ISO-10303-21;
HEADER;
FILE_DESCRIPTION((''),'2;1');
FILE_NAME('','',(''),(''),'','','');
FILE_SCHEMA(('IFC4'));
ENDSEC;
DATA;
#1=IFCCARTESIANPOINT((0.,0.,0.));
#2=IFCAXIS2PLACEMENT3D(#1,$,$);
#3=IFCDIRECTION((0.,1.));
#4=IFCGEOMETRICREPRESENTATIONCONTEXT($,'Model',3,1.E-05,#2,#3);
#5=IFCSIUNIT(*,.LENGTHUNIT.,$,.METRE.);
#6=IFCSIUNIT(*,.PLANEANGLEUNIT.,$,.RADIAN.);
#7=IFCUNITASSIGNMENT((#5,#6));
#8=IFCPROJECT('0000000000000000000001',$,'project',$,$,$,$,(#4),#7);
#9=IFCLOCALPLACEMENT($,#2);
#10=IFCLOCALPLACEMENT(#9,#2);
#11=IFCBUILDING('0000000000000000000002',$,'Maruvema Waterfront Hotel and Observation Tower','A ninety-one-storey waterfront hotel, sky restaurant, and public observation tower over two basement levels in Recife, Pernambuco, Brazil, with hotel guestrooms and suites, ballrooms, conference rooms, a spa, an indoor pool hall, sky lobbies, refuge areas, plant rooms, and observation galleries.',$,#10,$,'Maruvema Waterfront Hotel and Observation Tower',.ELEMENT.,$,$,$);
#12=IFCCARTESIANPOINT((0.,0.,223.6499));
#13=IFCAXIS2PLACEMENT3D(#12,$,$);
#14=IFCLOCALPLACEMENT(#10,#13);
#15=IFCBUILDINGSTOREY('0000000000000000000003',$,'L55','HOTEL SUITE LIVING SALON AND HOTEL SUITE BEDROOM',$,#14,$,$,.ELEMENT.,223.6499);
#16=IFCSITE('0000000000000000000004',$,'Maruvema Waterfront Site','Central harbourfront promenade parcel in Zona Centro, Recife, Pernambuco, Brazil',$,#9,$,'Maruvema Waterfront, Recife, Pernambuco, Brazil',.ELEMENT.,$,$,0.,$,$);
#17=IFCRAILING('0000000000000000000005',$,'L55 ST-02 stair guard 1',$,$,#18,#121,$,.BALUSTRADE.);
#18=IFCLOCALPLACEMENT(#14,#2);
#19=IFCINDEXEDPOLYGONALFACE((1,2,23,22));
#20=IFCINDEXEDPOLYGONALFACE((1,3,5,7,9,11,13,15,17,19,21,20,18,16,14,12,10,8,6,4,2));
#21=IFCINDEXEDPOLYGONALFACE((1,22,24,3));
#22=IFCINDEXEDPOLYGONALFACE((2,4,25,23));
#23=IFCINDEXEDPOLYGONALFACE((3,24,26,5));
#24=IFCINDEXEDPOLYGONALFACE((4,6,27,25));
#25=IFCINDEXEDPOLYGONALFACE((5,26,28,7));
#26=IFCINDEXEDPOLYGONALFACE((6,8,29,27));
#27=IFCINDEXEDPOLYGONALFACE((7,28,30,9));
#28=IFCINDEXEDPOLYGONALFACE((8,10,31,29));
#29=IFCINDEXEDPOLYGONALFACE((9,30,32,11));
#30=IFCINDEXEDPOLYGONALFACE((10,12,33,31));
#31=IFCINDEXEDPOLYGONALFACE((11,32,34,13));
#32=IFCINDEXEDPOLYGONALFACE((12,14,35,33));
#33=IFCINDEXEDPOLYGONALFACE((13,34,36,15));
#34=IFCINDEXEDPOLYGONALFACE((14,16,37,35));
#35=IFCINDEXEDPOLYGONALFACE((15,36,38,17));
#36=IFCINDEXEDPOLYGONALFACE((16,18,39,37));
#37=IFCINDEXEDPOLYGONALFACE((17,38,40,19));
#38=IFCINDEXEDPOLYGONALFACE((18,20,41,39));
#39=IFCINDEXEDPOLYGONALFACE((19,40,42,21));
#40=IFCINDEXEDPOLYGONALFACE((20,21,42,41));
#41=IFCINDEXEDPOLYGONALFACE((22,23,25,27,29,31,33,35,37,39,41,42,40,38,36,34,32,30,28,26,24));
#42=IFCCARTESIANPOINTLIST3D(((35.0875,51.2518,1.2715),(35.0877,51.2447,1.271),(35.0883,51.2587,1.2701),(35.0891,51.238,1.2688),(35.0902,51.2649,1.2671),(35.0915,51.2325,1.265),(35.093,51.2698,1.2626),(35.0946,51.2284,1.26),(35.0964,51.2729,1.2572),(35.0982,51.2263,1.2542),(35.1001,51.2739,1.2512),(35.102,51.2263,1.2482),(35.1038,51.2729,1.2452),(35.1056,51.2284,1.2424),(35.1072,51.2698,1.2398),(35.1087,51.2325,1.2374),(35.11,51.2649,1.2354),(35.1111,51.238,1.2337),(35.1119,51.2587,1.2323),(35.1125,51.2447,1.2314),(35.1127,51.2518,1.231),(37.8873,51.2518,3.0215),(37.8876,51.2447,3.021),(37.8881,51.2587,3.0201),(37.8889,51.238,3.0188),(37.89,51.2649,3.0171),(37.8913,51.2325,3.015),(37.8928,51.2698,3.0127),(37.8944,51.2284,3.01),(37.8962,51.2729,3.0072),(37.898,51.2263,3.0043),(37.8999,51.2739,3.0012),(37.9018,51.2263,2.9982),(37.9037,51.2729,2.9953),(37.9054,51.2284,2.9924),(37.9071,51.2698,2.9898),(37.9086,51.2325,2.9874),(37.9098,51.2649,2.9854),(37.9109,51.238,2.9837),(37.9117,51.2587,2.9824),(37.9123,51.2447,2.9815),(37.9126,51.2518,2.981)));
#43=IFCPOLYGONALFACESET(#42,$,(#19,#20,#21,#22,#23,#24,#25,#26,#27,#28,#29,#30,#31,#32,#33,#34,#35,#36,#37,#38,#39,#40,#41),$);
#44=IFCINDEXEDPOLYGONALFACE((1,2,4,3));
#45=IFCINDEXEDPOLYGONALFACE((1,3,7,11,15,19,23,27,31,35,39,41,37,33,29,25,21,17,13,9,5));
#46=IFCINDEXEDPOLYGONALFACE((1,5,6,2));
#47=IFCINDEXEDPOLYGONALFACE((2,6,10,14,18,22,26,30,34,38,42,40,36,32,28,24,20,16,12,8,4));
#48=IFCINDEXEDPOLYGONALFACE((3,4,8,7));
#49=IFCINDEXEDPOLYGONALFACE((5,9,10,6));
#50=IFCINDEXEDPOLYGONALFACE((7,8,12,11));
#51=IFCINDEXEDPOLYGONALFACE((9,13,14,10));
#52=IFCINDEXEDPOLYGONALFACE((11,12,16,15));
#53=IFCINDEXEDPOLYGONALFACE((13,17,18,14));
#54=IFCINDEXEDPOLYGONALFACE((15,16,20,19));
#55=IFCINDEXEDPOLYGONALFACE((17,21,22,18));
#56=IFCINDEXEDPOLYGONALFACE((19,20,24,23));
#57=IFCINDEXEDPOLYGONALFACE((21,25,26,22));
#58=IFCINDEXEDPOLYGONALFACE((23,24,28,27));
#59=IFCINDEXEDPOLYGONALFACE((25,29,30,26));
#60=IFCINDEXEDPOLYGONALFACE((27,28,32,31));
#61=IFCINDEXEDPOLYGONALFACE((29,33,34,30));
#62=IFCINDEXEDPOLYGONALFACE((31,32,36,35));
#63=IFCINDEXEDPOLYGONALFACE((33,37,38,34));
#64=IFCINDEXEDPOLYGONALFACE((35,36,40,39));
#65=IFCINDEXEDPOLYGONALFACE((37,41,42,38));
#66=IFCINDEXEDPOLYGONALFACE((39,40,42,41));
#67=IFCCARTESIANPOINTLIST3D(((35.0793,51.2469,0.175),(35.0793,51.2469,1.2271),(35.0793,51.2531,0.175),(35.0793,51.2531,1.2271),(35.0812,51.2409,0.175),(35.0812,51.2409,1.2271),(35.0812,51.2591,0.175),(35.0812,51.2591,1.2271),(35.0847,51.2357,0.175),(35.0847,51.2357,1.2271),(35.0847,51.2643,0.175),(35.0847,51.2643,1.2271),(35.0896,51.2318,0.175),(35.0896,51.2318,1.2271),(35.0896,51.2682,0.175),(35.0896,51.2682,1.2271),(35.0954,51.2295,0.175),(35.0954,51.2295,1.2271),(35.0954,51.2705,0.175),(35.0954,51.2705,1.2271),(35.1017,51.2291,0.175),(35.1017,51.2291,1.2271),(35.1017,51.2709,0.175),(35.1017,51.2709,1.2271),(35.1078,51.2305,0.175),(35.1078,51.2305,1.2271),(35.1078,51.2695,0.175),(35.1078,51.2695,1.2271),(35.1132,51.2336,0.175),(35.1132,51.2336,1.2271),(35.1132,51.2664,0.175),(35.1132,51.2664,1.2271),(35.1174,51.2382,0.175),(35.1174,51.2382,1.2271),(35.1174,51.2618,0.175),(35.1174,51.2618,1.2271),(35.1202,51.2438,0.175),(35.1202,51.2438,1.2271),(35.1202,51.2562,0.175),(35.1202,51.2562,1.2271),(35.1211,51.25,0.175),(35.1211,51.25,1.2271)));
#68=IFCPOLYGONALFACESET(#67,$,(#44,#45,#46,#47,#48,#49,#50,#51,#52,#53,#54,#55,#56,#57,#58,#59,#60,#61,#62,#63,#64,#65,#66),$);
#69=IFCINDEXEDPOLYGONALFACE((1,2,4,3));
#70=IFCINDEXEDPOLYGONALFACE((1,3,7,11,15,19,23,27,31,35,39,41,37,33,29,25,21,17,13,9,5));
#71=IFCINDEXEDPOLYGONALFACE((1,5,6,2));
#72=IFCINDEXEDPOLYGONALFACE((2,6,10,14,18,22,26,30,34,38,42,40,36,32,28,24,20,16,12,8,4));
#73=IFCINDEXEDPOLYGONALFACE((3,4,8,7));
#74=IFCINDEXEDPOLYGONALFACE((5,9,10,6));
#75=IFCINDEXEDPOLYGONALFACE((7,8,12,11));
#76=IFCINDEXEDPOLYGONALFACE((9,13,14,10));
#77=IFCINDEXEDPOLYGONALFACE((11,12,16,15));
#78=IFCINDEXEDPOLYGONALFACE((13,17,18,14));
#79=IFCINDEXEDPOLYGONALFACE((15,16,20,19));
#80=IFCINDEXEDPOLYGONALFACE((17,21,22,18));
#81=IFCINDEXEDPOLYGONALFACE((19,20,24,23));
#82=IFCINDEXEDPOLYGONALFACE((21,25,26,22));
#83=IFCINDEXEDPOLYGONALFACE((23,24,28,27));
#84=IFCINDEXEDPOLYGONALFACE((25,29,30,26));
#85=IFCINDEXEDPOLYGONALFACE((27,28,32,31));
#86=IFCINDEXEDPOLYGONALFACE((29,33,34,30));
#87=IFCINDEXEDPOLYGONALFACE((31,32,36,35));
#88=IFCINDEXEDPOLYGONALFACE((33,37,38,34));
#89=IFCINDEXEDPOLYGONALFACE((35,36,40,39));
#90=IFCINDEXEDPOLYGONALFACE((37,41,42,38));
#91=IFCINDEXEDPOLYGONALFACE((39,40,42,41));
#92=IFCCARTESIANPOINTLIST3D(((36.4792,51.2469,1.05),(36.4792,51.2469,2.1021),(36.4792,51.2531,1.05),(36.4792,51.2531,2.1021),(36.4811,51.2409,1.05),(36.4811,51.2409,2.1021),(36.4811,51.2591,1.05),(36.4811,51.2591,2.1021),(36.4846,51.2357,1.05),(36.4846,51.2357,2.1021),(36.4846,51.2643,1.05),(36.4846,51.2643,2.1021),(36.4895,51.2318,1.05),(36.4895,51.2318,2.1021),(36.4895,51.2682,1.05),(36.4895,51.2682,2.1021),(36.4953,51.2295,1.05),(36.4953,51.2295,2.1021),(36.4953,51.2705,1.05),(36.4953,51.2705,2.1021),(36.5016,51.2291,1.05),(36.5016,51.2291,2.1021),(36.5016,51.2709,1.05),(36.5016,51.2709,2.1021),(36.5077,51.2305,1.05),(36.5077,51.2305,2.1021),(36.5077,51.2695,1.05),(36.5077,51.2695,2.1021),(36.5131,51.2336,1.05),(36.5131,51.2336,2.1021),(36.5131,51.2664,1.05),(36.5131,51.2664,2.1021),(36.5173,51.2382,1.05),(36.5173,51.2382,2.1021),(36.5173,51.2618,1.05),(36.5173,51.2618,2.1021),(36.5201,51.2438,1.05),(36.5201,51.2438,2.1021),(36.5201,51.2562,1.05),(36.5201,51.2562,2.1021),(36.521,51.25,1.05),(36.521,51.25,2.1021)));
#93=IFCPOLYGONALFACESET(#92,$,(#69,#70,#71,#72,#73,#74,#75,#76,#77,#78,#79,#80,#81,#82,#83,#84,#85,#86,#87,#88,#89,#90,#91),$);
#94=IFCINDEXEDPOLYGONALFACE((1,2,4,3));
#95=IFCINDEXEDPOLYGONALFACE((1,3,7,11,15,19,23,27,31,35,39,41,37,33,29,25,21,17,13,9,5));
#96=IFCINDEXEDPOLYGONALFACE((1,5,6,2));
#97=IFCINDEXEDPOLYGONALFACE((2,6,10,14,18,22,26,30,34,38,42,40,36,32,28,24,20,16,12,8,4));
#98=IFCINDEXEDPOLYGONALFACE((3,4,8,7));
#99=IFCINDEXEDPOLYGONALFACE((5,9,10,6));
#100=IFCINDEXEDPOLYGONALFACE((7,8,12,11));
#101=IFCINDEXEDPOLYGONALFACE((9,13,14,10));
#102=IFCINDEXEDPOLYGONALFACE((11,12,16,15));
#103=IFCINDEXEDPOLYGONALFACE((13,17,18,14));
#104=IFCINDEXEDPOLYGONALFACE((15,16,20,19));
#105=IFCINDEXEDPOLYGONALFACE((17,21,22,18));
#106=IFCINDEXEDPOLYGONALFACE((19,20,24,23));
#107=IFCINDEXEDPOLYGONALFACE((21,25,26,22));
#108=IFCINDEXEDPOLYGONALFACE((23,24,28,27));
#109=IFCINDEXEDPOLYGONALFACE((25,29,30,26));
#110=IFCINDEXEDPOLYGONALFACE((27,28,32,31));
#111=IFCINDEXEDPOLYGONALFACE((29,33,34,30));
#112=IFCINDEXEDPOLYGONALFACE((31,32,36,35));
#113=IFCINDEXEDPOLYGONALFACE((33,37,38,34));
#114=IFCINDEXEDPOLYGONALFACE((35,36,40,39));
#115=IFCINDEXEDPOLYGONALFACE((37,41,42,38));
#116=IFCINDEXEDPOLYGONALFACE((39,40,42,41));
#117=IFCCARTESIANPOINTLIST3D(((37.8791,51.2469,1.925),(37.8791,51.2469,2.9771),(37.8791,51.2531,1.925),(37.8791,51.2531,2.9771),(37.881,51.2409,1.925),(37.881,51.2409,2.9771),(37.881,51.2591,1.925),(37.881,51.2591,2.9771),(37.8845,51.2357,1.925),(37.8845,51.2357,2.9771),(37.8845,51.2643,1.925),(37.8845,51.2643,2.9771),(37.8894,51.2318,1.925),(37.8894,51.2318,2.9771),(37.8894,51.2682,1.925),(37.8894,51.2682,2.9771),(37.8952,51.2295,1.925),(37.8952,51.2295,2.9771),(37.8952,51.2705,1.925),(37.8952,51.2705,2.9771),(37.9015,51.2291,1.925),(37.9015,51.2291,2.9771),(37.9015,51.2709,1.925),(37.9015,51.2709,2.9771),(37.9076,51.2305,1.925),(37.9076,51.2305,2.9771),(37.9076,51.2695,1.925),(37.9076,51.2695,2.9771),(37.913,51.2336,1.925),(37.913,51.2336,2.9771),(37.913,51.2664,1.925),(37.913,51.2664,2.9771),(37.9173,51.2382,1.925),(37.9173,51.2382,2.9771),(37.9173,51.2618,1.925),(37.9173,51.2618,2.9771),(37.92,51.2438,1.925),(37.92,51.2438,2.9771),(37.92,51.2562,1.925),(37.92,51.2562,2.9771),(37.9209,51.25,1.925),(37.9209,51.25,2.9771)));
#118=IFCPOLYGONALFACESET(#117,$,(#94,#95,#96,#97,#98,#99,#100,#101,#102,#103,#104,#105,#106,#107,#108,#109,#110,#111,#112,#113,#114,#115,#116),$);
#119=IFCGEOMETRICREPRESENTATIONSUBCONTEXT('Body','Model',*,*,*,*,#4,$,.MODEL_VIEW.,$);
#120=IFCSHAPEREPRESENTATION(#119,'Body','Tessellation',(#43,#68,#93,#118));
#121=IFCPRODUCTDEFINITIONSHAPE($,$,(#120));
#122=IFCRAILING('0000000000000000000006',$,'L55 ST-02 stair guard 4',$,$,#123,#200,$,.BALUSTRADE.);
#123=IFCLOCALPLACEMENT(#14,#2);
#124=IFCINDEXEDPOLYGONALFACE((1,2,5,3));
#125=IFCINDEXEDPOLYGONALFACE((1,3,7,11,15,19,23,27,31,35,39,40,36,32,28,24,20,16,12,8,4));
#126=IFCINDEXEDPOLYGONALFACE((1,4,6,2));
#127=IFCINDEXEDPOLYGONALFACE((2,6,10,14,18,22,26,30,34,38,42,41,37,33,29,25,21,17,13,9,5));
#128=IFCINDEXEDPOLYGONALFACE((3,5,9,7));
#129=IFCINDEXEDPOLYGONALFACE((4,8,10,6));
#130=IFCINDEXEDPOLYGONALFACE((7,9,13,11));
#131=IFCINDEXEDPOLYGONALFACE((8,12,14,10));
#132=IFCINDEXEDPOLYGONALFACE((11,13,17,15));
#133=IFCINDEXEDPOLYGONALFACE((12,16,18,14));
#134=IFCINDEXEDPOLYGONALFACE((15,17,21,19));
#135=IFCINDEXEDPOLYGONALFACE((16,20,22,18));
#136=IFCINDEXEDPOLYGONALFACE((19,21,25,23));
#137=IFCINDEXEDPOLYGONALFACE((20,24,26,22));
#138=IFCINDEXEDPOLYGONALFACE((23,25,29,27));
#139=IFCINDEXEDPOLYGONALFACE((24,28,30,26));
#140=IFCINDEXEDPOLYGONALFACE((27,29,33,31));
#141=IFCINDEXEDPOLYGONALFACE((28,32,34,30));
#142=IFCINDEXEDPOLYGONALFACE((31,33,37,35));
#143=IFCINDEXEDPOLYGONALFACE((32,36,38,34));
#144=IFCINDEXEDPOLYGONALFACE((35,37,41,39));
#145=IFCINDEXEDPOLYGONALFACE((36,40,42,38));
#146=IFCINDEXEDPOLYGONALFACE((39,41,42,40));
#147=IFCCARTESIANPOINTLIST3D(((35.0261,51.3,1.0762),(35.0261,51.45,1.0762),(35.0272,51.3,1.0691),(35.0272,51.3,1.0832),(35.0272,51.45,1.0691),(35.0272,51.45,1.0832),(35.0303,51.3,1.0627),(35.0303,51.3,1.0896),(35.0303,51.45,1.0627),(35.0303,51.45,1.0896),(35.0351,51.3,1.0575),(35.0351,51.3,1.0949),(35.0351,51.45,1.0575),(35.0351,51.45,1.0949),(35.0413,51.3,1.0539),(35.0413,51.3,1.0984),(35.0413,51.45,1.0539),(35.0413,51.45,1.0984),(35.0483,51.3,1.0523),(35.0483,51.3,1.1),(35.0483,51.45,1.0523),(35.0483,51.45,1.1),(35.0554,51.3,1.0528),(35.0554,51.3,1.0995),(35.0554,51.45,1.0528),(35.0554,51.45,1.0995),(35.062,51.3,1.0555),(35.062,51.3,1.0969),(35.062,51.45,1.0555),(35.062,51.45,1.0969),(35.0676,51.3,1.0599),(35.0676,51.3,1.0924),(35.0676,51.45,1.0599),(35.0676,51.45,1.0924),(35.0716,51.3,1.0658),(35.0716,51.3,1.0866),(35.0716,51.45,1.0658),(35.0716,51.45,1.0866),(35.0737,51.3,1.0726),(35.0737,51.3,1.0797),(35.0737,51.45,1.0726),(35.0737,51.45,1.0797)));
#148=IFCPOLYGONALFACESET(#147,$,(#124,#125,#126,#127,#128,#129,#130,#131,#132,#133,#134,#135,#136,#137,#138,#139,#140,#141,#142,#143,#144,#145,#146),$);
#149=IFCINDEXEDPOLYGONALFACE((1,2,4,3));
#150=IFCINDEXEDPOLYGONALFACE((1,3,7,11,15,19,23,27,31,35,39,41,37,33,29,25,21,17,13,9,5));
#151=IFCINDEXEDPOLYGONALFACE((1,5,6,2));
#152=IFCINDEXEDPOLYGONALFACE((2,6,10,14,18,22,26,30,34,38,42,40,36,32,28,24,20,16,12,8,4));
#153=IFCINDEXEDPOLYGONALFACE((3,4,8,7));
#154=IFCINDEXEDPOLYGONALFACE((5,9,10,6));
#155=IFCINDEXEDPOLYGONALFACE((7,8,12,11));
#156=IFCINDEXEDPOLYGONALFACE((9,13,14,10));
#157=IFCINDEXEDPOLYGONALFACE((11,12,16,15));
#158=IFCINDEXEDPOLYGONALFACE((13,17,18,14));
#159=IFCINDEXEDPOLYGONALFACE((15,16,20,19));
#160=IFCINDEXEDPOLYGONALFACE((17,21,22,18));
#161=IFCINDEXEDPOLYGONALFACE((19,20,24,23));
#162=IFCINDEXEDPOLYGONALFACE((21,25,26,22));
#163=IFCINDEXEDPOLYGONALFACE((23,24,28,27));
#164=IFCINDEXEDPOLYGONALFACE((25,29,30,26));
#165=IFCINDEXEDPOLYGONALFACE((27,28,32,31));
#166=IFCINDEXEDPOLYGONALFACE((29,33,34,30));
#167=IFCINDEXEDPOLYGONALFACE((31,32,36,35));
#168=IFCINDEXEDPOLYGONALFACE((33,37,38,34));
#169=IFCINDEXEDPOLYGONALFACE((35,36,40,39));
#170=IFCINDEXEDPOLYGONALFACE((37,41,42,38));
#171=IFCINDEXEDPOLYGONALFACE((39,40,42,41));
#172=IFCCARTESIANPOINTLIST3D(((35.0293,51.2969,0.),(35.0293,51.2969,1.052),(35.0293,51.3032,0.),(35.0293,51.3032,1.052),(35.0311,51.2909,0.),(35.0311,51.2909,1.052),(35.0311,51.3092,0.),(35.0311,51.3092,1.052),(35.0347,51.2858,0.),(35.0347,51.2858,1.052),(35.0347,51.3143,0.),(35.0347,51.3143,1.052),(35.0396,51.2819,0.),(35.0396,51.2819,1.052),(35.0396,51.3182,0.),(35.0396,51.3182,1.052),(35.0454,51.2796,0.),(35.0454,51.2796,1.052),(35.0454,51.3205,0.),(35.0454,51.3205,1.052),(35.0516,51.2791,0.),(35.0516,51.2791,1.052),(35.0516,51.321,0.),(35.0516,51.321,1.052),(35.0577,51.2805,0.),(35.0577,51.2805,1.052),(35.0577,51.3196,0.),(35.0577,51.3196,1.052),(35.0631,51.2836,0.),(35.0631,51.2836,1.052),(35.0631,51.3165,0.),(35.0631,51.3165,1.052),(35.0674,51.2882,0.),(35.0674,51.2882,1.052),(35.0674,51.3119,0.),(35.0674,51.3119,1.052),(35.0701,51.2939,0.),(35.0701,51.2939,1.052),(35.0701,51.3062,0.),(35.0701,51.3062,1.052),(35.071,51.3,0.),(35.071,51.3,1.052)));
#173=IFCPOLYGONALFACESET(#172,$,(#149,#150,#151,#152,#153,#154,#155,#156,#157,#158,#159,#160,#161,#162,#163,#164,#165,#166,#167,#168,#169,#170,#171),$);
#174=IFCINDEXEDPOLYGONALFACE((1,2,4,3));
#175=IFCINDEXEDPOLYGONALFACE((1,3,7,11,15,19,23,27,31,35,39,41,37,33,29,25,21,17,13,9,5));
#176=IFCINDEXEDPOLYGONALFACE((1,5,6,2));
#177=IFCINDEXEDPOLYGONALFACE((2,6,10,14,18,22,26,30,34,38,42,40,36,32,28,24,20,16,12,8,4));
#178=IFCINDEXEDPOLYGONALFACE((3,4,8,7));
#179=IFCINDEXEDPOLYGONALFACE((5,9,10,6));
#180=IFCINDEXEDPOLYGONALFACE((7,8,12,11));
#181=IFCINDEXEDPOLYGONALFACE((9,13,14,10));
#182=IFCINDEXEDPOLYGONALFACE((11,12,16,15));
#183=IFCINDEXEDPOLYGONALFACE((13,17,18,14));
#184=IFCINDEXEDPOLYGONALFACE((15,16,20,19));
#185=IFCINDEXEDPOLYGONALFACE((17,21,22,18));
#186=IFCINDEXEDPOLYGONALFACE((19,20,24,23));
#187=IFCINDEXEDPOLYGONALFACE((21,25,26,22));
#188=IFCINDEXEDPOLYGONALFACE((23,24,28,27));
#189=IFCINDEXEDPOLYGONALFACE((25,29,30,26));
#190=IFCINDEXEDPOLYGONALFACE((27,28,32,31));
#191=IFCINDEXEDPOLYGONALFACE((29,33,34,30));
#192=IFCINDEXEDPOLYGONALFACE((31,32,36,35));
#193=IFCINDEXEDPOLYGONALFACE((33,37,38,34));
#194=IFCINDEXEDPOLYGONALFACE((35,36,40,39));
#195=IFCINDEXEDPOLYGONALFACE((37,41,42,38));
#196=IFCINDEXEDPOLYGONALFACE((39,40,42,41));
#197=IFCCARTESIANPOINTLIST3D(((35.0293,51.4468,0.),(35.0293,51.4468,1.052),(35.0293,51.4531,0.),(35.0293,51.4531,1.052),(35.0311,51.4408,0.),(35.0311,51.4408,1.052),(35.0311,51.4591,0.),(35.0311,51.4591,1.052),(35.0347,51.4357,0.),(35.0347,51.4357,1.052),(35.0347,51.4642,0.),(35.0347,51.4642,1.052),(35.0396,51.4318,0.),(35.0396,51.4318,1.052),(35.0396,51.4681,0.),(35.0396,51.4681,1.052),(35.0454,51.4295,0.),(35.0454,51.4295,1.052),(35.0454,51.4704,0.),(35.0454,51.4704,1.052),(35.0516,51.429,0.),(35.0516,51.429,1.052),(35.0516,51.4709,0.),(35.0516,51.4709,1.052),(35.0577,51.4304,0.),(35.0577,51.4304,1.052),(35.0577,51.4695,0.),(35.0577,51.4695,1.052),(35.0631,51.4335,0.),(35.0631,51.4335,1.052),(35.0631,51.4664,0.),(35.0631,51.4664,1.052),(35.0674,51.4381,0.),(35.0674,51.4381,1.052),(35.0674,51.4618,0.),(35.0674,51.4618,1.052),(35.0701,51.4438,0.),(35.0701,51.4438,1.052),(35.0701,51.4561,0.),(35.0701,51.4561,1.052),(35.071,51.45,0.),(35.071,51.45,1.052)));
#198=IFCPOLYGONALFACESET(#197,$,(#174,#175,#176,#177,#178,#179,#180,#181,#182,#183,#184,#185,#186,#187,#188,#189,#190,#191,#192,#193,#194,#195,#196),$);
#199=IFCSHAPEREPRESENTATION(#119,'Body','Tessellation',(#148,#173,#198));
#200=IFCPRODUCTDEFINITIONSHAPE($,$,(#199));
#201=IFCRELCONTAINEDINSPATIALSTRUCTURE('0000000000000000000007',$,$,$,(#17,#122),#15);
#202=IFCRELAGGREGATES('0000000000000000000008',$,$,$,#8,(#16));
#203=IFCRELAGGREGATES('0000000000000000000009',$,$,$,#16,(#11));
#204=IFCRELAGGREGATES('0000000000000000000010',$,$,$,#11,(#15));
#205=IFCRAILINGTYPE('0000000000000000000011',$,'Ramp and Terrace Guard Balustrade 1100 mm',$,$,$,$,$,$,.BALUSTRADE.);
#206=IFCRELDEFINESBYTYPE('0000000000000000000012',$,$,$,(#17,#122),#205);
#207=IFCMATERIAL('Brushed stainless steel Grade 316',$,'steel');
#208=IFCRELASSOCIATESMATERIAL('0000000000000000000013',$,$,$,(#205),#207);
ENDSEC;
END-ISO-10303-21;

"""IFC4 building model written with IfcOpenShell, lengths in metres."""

from ifc_helpers import new_model, si_unit, direction, frame, origin, origin_2d, place, context, subcontext, project, spatial, circle, extrude, material, type_object, element, save


model = new_model("IFC4")

# Units and contexts
model_context = context("Model", 3, precision=1e-05, world=origin(), true_north=direction((0.0, 1.0)))
body_context = subcontext(model_context, "Body", "Model", "MODEL_VIEW")
ifc_project = project(units=[si_unit("LENGTHUNIT", "METRE"), si_unit("PLANEANGLEUNIT", "RADIAN")], contexts=[model_context])

# Site, building, storey
site_placement = place(None, origin())
site = spatial("IfcSite", under=ifc_project, at=site_placement, Name="Maruvema Waterfront Site", Description="Central harbourfront promenade parcel in Zona Centro, Recife, Pernambuco, Brazil", LongName="Maruvema Waterfront, Recife, Pernambuco, Brazil", CompositionType="ELEMENT", RefElevation=0.0)
building_placement = place(site_placement, origin())
building = spatial("IfcBuilding", under=site, at=building_placement, Name="Maruvema Waterfront Hotel and Observation Tower", Description="A ninety-one-storey waterfront hotel, sky restaurant, and public observation tower over two basement levels in Recife, Pernambuco, Brazil, with hotel guestrooms and suites, ballrooms, conference rooms, a spa, an indoor pool hall, sky lobbies, refuge areas, plant rooms, and observation galleries.", LongName="Maruvema Waterfront Hotel and Observation Tower", CompositionType="ELEMENT")
storey_placement = place(building_placement, frame((0.0, 0.0, 223.6499)))
storey = spatial("IfcBuildingStorey", under=building, at=storey_placement, Name="L55", Description="HOTEL SUITE LIVING SALON AND HOTEL SUITE BEDROOM", CompositionType="ELEMENT", Elevation=223.6499)

# Railings
ifc_material_1 = material(Name="Brushed stainless steel Grade 316", Category="steel")
railing_type_1 = type_object("IfcRailingType", Name="Ramp and Terrace Guard Balustrade 1100 mm", PredefinedType="BALUSTRADE", material=ifc_material_1)
railing_1_placement = place(storey_placement, frame((35.1001, 51.25, 0.175)))
element("IfcRailing", 1, at=railing_1_placement, inside=storey, type_object=railing_type_1, Name="L55 ST-02 stair guard 1", PredefinedType="BALUSTRADE", context=body_context, shape_type="SweptSolid", body=[
    extrude(circle(Radius=0.0239, at=origin_2d()), frame((0.0, 0.0, 1.0762), z_axis=(0.847982, 0.0, 0.530026), x_axis=(0.0, 1.0, 0.0)), (0.0, 0.0, 1.0), 3.3018),
    extrude(circle(Radius=0.021, at=origin_2d()), origin(), (0.0, 0.0, 1.0), 1.052),
    extrude(circle(Radius=0.021, at=origin_2d()), frame((1.3999, 0.0, 0.875)), (0.0, 0.0, 1.0), 1.052),
    extrude(circle(Radius=0.021, at=origin_2d()), frame((2.7998, 0.0, 1.75)), (0.0, 0.0, 1.0), 1.052),
])
railing_2_placement = place(storey_placement, frame((35.05, 51.3, 0.0)))
element("IfcRailing", 2, at=railing_2_placement, inside=storey, type_object=railing_type_1, Name="L55 ST-02 stair guard 4", PredefinedType="BALUSTRADE", context=body_context, shape_type="SweptSolid", body=[
    extrude(circle(Radius=0.0239, at=origin_2d()), frame((0.0, 0.0, 1.0762), z_axis=(0.0, 1.0, 0.0), x_axis=(-1.0, 0.0, 0.0)), (0.0, 0.0, 1.0), 0.1499),
    extrude(circle(Radius=0.021, at=origin_2d()), origin(), (0.0, 0.0, 1.0), 1.052),
    extrude(circle(Radius=0.021, at=origin_2d()), frame((0.0, 0.1499, 0.0)), (0.0, 0.0, 1.0), 1.052),
])

save(model, "model.ifc")
